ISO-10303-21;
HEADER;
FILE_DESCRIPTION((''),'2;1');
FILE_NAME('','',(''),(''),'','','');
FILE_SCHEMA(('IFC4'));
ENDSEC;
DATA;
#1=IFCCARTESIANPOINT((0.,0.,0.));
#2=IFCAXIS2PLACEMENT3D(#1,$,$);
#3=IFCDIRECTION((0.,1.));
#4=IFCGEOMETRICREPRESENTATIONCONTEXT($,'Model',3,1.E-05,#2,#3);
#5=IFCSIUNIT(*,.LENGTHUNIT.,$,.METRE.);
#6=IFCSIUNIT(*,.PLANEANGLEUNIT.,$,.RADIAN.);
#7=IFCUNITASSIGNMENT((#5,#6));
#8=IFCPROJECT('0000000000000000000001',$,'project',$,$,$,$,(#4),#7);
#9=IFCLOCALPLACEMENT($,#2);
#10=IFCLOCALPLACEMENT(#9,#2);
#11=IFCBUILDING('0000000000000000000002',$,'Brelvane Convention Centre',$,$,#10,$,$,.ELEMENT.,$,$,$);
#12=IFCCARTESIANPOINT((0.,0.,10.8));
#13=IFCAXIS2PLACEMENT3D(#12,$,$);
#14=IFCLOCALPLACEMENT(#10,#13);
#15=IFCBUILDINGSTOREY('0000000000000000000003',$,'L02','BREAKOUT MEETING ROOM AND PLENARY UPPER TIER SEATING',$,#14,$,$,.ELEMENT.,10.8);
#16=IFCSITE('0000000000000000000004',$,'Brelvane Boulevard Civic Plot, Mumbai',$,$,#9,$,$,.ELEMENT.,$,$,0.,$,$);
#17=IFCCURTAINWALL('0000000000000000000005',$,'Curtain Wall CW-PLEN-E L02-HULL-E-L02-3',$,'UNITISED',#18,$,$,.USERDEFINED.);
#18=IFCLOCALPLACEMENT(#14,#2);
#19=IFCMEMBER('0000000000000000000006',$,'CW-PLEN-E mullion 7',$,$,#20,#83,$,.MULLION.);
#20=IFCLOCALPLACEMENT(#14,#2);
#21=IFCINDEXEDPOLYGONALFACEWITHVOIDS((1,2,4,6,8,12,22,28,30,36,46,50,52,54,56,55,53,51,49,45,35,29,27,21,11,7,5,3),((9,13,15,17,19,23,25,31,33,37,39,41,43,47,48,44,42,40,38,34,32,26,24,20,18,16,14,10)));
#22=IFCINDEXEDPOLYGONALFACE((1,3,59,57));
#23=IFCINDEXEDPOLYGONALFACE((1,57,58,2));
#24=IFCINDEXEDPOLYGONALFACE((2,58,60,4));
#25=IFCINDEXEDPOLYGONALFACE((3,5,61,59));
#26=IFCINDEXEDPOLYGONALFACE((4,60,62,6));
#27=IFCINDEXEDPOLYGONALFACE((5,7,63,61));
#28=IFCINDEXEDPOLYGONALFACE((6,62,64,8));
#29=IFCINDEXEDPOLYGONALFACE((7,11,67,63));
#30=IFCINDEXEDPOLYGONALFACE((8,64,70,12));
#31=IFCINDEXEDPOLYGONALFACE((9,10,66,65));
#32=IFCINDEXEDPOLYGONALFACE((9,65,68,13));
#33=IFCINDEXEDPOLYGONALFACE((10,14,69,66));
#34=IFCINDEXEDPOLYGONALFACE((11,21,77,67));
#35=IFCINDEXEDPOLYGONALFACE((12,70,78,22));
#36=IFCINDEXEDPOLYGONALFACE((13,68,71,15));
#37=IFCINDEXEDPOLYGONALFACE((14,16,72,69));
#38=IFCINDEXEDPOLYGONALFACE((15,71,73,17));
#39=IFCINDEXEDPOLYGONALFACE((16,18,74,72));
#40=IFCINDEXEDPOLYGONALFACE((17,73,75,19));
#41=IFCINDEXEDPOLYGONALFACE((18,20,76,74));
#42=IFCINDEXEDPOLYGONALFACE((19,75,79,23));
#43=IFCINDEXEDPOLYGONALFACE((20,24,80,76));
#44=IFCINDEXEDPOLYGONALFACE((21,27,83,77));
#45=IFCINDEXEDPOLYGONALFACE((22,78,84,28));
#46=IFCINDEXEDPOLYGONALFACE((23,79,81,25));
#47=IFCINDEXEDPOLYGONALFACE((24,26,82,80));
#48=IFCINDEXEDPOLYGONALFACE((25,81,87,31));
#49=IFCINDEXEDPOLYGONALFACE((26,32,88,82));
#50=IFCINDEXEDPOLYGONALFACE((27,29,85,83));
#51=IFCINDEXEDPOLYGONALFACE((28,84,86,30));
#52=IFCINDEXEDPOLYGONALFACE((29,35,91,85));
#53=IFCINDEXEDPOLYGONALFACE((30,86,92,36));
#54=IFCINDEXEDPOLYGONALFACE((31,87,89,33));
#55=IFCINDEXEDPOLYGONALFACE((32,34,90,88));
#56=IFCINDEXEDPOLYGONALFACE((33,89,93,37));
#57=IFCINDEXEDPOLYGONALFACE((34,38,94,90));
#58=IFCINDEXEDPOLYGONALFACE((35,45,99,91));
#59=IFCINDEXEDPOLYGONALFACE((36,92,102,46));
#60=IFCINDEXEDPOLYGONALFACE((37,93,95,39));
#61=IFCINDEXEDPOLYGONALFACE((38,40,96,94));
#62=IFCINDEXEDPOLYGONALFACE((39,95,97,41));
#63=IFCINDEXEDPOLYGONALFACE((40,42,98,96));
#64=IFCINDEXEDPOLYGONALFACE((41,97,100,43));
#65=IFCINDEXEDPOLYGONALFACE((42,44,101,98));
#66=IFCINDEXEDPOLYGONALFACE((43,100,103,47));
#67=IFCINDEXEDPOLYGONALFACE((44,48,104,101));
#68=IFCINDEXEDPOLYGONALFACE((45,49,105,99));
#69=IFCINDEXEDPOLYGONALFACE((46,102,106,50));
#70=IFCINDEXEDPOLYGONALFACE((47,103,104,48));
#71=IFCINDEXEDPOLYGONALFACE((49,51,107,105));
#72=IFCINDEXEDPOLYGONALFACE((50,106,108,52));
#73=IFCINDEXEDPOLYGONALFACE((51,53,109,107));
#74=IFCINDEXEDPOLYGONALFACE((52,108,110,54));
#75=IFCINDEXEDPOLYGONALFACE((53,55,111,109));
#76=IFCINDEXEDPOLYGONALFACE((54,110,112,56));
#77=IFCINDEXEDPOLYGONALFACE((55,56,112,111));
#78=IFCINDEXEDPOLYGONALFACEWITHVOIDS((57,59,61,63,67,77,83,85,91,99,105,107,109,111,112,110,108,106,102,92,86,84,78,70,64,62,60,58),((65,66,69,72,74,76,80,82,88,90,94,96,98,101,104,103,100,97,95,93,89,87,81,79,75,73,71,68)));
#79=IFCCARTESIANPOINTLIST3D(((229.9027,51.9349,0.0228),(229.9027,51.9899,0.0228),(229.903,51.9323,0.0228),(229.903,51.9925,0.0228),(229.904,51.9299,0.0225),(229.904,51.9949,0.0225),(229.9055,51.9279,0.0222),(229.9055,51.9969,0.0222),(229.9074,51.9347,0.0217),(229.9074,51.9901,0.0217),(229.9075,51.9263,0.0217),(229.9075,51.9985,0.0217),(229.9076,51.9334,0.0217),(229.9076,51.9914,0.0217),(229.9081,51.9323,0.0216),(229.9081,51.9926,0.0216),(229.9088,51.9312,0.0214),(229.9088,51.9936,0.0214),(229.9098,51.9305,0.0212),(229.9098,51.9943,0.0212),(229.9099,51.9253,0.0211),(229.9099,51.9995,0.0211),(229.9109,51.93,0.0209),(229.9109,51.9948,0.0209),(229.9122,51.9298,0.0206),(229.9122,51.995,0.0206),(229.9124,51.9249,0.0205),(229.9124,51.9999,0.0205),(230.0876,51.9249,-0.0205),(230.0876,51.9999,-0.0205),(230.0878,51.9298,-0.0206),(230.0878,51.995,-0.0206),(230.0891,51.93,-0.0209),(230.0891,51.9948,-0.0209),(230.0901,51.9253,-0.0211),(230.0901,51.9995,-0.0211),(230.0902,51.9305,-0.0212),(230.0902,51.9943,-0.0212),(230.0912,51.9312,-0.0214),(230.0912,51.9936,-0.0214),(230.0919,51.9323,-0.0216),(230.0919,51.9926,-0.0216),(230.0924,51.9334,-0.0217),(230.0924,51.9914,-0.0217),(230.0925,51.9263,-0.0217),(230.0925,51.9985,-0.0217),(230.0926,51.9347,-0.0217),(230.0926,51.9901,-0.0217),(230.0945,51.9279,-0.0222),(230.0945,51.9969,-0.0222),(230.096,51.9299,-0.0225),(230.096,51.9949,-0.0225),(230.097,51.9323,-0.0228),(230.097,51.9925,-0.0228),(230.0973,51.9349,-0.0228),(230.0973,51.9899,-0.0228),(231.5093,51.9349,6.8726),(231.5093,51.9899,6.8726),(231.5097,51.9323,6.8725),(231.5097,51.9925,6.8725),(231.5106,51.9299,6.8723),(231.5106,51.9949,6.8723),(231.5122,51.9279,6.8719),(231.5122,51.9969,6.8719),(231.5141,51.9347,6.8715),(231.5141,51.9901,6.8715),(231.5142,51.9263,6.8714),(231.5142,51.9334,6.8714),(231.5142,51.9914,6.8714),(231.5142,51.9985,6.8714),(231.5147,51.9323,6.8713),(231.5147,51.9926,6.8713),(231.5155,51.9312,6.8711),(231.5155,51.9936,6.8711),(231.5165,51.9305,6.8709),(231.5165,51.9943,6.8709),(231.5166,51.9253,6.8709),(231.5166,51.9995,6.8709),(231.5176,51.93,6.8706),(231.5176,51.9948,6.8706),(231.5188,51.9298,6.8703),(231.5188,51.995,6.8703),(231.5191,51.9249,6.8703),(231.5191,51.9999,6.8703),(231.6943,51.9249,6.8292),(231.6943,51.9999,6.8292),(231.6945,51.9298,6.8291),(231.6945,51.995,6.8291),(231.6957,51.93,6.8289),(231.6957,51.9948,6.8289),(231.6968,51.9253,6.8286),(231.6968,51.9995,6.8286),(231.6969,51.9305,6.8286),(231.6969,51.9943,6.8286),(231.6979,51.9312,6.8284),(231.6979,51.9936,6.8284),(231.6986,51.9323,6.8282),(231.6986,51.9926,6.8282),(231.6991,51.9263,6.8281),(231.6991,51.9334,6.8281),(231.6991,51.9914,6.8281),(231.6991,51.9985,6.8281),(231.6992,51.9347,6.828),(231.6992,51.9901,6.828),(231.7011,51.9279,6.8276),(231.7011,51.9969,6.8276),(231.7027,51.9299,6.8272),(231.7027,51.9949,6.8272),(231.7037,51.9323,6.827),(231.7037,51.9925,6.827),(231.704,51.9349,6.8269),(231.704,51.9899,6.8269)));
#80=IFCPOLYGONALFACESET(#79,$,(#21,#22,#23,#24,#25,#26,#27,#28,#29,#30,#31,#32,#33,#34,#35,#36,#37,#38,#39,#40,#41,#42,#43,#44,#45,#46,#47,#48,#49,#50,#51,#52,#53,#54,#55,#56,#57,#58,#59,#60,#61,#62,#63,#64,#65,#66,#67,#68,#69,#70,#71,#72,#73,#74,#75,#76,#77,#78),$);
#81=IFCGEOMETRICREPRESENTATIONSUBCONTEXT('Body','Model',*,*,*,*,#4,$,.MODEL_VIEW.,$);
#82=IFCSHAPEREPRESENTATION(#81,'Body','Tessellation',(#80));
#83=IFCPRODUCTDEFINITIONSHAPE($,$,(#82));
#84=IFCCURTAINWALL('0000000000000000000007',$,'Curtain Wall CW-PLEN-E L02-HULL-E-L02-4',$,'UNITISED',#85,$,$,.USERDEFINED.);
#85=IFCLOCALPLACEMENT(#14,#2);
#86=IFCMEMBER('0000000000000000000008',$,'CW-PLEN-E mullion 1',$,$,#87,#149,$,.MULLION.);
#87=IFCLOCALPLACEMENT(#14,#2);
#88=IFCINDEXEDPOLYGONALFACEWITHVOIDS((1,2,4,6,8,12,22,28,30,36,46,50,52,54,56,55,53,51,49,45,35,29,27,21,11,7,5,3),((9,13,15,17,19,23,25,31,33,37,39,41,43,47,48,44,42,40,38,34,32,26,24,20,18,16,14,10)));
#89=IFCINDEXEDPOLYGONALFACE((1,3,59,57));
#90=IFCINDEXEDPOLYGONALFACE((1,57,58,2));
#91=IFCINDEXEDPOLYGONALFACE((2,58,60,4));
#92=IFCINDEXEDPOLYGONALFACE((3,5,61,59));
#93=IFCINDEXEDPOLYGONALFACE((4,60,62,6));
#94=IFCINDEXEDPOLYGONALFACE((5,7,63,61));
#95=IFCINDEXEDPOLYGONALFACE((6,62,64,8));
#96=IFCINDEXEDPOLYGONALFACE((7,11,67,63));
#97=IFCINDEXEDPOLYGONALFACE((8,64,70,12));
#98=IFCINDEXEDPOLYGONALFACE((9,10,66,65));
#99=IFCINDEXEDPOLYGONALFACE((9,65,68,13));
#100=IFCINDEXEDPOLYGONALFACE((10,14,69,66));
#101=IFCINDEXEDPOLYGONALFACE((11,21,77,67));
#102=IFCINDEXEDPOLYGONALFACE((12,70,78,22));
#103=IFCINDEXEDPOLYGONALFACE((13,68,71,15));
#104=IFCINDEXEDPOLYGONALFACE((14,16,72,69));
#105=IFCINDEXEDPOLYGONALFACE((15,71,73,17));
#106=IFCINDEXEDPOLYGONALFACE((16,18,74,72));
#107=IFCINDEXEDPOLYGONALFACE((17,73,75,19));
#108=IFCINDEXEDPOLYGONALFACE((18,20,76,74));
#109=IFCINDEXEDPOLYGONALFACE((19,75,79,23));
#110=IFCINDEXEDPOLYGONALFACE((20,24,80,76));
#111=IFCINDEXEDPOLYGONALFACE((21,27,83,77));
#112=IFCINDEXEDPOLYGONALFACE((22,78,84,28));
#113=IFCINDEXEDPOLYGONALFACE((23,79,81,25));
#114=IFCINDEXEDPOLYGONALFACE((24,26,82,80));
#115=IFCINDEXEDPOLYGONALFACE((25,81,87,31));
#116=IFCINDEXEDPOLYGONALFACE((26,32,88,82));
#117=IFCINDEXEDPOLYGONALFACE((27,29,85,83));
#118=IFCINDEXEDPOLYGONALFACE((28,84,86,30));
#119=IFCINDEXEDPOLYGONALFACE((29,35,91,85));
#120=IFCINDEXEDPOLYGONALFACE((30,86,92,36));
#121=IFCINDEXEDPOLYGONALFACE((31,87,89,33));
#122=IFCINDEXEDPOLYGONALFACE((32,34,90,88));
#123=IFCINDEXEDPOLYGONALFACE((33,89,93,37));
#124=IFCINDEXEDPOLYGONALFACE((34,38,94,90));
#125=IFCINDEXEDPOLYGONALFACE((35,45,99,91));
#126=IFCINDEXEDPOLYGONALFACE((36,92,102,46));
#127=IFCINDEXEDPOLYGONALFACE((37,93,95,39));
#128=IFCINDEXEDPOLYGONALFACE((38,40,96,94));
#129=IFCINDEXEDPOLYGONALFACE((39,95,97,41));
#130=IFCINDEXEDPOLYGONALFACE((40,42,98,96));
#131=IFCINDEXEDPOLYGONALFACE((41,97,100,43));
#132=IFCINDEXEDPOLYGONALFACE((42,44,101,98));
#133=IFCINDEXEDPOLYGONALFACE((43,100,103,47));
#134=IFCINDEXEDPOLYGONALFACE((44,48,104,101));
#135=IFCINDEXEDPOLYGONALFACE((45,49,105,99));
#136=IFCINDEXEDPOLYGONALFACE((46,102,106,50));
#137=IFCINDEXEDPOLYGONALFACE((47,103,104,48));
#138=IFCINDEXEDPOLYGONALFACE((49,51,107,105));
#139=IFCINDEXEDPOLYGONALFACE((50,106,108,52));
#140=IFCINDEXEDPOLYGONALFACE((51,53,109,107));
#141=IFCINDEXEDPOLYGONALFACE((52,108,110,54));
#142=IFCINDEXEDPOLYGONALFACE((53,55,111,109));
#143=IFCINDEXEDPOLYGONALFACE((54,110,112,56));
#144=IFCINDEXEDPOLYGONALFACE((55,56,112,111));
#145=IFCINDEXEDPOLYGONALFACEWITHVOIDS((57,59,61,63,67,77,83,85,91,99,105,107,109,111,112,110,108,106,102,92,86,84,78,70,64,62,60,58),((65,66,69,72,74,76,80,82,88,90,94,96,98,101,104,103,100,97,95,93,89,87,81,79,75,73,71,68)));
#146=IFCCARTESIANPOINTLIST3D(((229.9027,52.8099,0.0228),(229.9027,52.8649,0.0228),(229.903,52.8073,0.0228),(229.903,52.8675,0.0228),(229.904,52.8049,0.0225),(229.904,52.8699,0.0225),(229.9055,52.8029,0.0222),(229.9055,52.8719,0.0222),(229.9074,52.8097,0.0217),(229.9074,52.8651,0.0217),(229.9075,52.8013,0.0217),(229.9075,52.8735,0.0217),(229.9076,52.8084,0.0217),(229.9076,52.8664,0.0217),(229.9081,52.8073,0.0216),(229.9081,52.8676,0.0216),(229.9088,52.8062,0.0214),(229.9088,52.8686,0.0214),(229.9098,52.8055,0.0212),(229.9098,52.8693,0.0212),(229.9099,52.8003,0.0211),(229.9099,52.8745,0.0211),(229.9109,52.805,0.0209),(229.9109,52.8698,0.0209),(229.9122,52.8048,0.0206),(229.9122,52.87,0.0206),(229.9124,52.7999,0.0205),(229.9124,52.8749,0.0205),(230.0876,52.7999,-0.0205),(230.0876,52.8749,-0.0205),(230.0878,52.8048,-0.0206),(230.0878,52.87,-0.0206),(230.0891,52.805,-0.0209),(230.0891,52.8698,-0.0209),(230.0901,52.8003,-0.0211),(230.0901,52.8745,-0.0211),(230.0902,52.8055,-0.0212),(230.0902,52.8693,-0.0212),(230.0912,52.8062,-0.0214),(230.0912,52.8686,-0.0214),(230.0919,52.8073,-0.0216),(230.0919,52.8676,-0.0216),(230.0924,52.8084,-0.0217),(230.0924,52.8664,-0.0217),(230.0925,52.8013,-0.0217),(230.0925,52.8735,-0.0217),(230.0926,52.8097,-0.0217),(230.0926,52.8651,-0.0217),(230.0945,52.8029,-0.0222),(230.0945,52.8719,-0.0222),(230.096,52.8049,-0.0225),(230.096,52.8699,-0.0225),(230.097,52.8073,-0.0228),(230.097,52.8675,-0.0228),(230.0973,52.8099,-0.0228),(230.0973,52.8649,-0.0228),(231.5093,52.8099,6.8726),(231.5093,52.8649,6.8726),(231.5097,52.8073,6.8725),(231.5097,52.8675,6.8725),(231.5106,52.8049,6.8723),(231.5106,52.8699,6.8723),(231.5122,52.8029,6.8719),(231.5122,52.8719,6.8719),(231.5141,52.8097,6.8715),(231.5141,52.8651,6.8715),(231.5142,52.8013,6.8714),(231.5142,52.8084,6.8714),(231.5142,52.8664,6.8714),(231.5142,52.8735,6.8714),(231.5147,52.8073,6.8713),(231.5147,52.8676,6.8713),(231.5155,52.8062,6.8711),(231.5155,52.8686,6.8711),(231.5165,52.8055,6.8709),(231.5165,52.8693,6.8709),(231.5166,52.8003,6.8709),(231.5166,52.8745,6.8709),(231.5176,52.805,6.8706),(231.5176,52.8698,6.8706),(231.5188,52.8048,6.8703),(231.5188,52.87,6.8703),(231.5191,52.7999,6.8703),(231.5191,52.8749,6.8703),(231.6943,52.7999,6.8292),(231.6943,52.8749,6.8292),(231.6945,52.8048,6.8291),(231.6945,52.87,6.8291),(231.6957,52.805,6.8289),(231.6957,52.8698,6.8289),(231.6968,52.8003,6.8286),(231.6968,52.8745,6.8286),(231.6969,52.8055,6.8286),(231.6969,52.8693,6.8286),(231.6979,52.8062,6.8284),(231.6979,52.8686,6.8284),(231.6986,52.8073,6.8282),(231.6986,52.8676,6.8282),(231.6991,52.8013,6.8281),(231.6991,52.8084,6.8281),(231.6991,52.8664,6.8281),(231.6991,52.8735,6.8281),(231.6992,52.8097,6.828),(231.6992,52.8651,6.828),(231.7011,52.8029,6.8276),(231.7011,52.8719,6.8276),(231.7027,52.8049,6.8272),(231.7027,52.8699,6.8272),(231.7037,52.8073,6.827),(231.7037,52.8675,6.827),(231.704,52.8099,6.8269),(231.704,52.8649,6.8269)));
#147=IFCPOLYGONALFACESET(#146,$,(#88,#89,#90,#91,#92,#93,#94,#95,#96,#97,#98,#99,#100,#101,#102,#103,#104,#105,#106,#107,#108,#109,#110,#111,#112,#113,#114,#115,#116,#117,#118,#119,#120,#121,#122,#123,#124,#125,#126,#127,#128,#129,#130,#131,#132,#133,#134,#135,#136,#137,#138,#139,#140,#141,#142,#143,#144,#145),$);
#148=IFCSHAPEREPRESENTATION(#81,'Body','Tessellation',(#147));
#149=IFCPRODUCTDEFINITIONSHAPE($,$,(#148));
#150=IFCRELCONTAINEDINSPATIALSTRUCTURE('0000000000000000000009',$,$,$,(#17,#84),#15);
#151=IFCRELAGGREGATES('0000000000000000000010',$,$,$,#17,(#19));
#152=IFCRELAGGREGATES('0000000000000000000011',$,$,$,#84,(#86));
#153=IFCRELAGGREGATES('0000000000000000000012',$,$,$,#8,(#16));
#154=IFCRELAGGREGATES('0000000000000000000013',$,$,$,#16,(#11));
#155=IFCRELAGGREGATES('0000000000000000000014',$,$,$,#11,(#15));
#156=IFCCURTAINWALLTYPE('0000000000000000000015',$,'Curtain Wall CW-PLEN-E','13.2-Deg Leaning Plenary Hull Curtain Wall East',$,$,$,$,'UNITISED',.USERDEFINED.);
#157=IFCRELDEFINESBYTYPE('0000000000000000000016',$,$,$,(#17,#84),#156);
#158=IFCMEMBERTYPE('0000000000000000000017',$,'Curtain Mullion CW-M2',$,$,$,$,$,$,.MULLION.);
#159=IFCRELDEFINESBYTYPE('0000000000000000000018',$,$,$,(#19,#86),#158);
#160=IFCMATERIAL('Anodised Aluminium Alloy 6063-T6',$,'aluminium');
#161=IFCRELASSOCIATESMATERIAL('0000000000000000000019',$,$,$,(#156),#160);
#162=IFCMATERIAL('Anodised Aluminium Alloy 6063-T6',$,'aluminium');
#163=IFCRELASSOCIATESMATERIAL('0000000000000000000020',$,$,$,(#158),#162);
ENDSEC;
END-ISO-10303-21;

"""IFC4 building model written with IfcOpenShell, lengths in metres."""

from ifc_helpers import new_model, si_unit, direction, frame, origin, origin_2d, place, context, subcontext, project, spatial, hollow_rectangle, extrude, material, material_profile, profile_set, type_object, element, aggregate, save


model = new_model("IFC4")

# Units and contexts
model_context = context("Model", 3, precision=1e-05, world=origin(), true_north=direction((0.0, 1.0)))
body_context = subcontext(model_context, "Body", "Model", "MODEL_VIEW")
ifc_project = project(units=[si_unit("LENGTHUNIT", "METRE"), si_unit("PLANEANGLEUNIT", "RADIAN")], contexts=[model_context])

# Site, building, storey
site_placement = place(None, origin())
site = spatial("IfcSite", under=ifc_project, at=site_placement, Name="Brelvane Boulevard Civic Plot, Mumbai", CompositionType="ELEMENT", RefElevation=0.0)
building_placement = place(site_placement, origin())
building = spatial("IfcBuilding", under=site, at=building_placement, Name="Brelvane Convention Centre", CompositionType="ELEMENT")
storey_placement = place(building_placement, frame((0.0, 0.0, 10.8)))
storey = spatial("IfcBuildingStorey", under=building, at=storey_placement, Name="L02", Description="BREAKOUT MEETING ROOM AND PLENARY UPPER TIER SEATING", CompositionType="ELEMENT", Elevation=10.8)

# Curtain walls, members
ifc_material_1 = material(Name="Anodised Aluminium Alloy 6063-T6", Category="aluminium")
curtain_wall_type = type_object("IfcCurtainWallType", Name="Curtain Wall CW-PLEN-E", Description="13.2-Deg Leaning Plenary Hull Curtain Wall East", ElementType="UNITISED", PredefinedType="USERDEFINED", material=ifc_material_1)
curtain_wall_1_placement = place(storey_placement, origin())
curtain_wall_1 = element("IfcCurtainWall", 1, at=curtain_wall_1_placement, inside=storey, type_object=curtain_wall_type, Name="Curtain Wall CW-PLEN-E L02-HULL-E-L02-3", ObjectType="UNITISED", PredefinedType="USERDEFINED")
ifc_material_2 = material(Name="Anodised Aluminium Alloy 6063-T6", Category="aluminium")
ifc_material_profile_1 = material_profile(ifc_material_2, hollow_rectangle(XDim=0.075, YDim=0.2, WallThickness=0.0049, InnerFilletRadius=0.0049, OuterFilletRadius=0.01, at=origin_2d()), Name="ALU-M 200x75x5.0")
ifc_profile_set_1 = profile_set([ifc_material_profile_1], Name="Anodised Aluminium Alloy 6063-T6")
member_type_1 = type_object("IfcMemberType", Name="Curtain Mullion CW-M2", PredefinedType="MULLION", material=ifc_profile_set_1)
member_1_placement = place(storey_placement, frame((230.0, 51.9624, 0.0), z_axis=(0.22836, 0.0, 0.973577), x_axis=(0.0, 1.0, 0.0)))
member_1 = element("IfcMember", 2, at=member_1_placement, type_object=member_type_1, Name="CW-PLEN-E mullion 7", PredefinedType="MULLION", context=body_context, shape_type="SweptSolid", body=[
    extrude(hollow_rectangle(XDim=0.075, YDim=0.2, WallThickness=0.0049, InnerFilletRadius=0.0049, OuterFilletRadius=0.01, at=origin_2d()), origin(), (0.0, 0.0, 1.0), 7.0356),
])
curtain_wall_2_placement = place(storey_placement, origin())
curtain_wall_2 = element("IfcCurtainWall", 3, at=curtain_wall_2_placement, inside=storey, type_object=curtain_wall_type, Name="Curtain Wall CW-PLEN-E L02-HULL-E-L02-4", ObjectType="UNITISED", PredefinedType="USERDEFINED")
member_2_placement = place(storey_placement, frame((230.0, 52.8374, 0.0), z_axis=(0.22836, 0.0, 0.973577), x_axis=(0.0, 1.0, 0.0)))
member_2 = element("IfcMember", 4, at=member_2_placement, type_object=member_type_1, Name="CW-PLEN-E mullion 1", PredefinedType="MULLION", context=body_context, shape_type="SweptSolid", body=[
    extrude(hollow_rectangle(XDim=0.075, YDim=0.2, WallThickness=0.0049, InnerFilletRadius=0.0049, OuterFilletRadius=0.01, at=origin_2d()), origin(), (0.0, 0.0, 1.0), 7.0356),
])

aggregate(curtain_wall_1, [member_1])
aggregate(curtain_wall_2, [member_2])

save(model, "model.ifc")
